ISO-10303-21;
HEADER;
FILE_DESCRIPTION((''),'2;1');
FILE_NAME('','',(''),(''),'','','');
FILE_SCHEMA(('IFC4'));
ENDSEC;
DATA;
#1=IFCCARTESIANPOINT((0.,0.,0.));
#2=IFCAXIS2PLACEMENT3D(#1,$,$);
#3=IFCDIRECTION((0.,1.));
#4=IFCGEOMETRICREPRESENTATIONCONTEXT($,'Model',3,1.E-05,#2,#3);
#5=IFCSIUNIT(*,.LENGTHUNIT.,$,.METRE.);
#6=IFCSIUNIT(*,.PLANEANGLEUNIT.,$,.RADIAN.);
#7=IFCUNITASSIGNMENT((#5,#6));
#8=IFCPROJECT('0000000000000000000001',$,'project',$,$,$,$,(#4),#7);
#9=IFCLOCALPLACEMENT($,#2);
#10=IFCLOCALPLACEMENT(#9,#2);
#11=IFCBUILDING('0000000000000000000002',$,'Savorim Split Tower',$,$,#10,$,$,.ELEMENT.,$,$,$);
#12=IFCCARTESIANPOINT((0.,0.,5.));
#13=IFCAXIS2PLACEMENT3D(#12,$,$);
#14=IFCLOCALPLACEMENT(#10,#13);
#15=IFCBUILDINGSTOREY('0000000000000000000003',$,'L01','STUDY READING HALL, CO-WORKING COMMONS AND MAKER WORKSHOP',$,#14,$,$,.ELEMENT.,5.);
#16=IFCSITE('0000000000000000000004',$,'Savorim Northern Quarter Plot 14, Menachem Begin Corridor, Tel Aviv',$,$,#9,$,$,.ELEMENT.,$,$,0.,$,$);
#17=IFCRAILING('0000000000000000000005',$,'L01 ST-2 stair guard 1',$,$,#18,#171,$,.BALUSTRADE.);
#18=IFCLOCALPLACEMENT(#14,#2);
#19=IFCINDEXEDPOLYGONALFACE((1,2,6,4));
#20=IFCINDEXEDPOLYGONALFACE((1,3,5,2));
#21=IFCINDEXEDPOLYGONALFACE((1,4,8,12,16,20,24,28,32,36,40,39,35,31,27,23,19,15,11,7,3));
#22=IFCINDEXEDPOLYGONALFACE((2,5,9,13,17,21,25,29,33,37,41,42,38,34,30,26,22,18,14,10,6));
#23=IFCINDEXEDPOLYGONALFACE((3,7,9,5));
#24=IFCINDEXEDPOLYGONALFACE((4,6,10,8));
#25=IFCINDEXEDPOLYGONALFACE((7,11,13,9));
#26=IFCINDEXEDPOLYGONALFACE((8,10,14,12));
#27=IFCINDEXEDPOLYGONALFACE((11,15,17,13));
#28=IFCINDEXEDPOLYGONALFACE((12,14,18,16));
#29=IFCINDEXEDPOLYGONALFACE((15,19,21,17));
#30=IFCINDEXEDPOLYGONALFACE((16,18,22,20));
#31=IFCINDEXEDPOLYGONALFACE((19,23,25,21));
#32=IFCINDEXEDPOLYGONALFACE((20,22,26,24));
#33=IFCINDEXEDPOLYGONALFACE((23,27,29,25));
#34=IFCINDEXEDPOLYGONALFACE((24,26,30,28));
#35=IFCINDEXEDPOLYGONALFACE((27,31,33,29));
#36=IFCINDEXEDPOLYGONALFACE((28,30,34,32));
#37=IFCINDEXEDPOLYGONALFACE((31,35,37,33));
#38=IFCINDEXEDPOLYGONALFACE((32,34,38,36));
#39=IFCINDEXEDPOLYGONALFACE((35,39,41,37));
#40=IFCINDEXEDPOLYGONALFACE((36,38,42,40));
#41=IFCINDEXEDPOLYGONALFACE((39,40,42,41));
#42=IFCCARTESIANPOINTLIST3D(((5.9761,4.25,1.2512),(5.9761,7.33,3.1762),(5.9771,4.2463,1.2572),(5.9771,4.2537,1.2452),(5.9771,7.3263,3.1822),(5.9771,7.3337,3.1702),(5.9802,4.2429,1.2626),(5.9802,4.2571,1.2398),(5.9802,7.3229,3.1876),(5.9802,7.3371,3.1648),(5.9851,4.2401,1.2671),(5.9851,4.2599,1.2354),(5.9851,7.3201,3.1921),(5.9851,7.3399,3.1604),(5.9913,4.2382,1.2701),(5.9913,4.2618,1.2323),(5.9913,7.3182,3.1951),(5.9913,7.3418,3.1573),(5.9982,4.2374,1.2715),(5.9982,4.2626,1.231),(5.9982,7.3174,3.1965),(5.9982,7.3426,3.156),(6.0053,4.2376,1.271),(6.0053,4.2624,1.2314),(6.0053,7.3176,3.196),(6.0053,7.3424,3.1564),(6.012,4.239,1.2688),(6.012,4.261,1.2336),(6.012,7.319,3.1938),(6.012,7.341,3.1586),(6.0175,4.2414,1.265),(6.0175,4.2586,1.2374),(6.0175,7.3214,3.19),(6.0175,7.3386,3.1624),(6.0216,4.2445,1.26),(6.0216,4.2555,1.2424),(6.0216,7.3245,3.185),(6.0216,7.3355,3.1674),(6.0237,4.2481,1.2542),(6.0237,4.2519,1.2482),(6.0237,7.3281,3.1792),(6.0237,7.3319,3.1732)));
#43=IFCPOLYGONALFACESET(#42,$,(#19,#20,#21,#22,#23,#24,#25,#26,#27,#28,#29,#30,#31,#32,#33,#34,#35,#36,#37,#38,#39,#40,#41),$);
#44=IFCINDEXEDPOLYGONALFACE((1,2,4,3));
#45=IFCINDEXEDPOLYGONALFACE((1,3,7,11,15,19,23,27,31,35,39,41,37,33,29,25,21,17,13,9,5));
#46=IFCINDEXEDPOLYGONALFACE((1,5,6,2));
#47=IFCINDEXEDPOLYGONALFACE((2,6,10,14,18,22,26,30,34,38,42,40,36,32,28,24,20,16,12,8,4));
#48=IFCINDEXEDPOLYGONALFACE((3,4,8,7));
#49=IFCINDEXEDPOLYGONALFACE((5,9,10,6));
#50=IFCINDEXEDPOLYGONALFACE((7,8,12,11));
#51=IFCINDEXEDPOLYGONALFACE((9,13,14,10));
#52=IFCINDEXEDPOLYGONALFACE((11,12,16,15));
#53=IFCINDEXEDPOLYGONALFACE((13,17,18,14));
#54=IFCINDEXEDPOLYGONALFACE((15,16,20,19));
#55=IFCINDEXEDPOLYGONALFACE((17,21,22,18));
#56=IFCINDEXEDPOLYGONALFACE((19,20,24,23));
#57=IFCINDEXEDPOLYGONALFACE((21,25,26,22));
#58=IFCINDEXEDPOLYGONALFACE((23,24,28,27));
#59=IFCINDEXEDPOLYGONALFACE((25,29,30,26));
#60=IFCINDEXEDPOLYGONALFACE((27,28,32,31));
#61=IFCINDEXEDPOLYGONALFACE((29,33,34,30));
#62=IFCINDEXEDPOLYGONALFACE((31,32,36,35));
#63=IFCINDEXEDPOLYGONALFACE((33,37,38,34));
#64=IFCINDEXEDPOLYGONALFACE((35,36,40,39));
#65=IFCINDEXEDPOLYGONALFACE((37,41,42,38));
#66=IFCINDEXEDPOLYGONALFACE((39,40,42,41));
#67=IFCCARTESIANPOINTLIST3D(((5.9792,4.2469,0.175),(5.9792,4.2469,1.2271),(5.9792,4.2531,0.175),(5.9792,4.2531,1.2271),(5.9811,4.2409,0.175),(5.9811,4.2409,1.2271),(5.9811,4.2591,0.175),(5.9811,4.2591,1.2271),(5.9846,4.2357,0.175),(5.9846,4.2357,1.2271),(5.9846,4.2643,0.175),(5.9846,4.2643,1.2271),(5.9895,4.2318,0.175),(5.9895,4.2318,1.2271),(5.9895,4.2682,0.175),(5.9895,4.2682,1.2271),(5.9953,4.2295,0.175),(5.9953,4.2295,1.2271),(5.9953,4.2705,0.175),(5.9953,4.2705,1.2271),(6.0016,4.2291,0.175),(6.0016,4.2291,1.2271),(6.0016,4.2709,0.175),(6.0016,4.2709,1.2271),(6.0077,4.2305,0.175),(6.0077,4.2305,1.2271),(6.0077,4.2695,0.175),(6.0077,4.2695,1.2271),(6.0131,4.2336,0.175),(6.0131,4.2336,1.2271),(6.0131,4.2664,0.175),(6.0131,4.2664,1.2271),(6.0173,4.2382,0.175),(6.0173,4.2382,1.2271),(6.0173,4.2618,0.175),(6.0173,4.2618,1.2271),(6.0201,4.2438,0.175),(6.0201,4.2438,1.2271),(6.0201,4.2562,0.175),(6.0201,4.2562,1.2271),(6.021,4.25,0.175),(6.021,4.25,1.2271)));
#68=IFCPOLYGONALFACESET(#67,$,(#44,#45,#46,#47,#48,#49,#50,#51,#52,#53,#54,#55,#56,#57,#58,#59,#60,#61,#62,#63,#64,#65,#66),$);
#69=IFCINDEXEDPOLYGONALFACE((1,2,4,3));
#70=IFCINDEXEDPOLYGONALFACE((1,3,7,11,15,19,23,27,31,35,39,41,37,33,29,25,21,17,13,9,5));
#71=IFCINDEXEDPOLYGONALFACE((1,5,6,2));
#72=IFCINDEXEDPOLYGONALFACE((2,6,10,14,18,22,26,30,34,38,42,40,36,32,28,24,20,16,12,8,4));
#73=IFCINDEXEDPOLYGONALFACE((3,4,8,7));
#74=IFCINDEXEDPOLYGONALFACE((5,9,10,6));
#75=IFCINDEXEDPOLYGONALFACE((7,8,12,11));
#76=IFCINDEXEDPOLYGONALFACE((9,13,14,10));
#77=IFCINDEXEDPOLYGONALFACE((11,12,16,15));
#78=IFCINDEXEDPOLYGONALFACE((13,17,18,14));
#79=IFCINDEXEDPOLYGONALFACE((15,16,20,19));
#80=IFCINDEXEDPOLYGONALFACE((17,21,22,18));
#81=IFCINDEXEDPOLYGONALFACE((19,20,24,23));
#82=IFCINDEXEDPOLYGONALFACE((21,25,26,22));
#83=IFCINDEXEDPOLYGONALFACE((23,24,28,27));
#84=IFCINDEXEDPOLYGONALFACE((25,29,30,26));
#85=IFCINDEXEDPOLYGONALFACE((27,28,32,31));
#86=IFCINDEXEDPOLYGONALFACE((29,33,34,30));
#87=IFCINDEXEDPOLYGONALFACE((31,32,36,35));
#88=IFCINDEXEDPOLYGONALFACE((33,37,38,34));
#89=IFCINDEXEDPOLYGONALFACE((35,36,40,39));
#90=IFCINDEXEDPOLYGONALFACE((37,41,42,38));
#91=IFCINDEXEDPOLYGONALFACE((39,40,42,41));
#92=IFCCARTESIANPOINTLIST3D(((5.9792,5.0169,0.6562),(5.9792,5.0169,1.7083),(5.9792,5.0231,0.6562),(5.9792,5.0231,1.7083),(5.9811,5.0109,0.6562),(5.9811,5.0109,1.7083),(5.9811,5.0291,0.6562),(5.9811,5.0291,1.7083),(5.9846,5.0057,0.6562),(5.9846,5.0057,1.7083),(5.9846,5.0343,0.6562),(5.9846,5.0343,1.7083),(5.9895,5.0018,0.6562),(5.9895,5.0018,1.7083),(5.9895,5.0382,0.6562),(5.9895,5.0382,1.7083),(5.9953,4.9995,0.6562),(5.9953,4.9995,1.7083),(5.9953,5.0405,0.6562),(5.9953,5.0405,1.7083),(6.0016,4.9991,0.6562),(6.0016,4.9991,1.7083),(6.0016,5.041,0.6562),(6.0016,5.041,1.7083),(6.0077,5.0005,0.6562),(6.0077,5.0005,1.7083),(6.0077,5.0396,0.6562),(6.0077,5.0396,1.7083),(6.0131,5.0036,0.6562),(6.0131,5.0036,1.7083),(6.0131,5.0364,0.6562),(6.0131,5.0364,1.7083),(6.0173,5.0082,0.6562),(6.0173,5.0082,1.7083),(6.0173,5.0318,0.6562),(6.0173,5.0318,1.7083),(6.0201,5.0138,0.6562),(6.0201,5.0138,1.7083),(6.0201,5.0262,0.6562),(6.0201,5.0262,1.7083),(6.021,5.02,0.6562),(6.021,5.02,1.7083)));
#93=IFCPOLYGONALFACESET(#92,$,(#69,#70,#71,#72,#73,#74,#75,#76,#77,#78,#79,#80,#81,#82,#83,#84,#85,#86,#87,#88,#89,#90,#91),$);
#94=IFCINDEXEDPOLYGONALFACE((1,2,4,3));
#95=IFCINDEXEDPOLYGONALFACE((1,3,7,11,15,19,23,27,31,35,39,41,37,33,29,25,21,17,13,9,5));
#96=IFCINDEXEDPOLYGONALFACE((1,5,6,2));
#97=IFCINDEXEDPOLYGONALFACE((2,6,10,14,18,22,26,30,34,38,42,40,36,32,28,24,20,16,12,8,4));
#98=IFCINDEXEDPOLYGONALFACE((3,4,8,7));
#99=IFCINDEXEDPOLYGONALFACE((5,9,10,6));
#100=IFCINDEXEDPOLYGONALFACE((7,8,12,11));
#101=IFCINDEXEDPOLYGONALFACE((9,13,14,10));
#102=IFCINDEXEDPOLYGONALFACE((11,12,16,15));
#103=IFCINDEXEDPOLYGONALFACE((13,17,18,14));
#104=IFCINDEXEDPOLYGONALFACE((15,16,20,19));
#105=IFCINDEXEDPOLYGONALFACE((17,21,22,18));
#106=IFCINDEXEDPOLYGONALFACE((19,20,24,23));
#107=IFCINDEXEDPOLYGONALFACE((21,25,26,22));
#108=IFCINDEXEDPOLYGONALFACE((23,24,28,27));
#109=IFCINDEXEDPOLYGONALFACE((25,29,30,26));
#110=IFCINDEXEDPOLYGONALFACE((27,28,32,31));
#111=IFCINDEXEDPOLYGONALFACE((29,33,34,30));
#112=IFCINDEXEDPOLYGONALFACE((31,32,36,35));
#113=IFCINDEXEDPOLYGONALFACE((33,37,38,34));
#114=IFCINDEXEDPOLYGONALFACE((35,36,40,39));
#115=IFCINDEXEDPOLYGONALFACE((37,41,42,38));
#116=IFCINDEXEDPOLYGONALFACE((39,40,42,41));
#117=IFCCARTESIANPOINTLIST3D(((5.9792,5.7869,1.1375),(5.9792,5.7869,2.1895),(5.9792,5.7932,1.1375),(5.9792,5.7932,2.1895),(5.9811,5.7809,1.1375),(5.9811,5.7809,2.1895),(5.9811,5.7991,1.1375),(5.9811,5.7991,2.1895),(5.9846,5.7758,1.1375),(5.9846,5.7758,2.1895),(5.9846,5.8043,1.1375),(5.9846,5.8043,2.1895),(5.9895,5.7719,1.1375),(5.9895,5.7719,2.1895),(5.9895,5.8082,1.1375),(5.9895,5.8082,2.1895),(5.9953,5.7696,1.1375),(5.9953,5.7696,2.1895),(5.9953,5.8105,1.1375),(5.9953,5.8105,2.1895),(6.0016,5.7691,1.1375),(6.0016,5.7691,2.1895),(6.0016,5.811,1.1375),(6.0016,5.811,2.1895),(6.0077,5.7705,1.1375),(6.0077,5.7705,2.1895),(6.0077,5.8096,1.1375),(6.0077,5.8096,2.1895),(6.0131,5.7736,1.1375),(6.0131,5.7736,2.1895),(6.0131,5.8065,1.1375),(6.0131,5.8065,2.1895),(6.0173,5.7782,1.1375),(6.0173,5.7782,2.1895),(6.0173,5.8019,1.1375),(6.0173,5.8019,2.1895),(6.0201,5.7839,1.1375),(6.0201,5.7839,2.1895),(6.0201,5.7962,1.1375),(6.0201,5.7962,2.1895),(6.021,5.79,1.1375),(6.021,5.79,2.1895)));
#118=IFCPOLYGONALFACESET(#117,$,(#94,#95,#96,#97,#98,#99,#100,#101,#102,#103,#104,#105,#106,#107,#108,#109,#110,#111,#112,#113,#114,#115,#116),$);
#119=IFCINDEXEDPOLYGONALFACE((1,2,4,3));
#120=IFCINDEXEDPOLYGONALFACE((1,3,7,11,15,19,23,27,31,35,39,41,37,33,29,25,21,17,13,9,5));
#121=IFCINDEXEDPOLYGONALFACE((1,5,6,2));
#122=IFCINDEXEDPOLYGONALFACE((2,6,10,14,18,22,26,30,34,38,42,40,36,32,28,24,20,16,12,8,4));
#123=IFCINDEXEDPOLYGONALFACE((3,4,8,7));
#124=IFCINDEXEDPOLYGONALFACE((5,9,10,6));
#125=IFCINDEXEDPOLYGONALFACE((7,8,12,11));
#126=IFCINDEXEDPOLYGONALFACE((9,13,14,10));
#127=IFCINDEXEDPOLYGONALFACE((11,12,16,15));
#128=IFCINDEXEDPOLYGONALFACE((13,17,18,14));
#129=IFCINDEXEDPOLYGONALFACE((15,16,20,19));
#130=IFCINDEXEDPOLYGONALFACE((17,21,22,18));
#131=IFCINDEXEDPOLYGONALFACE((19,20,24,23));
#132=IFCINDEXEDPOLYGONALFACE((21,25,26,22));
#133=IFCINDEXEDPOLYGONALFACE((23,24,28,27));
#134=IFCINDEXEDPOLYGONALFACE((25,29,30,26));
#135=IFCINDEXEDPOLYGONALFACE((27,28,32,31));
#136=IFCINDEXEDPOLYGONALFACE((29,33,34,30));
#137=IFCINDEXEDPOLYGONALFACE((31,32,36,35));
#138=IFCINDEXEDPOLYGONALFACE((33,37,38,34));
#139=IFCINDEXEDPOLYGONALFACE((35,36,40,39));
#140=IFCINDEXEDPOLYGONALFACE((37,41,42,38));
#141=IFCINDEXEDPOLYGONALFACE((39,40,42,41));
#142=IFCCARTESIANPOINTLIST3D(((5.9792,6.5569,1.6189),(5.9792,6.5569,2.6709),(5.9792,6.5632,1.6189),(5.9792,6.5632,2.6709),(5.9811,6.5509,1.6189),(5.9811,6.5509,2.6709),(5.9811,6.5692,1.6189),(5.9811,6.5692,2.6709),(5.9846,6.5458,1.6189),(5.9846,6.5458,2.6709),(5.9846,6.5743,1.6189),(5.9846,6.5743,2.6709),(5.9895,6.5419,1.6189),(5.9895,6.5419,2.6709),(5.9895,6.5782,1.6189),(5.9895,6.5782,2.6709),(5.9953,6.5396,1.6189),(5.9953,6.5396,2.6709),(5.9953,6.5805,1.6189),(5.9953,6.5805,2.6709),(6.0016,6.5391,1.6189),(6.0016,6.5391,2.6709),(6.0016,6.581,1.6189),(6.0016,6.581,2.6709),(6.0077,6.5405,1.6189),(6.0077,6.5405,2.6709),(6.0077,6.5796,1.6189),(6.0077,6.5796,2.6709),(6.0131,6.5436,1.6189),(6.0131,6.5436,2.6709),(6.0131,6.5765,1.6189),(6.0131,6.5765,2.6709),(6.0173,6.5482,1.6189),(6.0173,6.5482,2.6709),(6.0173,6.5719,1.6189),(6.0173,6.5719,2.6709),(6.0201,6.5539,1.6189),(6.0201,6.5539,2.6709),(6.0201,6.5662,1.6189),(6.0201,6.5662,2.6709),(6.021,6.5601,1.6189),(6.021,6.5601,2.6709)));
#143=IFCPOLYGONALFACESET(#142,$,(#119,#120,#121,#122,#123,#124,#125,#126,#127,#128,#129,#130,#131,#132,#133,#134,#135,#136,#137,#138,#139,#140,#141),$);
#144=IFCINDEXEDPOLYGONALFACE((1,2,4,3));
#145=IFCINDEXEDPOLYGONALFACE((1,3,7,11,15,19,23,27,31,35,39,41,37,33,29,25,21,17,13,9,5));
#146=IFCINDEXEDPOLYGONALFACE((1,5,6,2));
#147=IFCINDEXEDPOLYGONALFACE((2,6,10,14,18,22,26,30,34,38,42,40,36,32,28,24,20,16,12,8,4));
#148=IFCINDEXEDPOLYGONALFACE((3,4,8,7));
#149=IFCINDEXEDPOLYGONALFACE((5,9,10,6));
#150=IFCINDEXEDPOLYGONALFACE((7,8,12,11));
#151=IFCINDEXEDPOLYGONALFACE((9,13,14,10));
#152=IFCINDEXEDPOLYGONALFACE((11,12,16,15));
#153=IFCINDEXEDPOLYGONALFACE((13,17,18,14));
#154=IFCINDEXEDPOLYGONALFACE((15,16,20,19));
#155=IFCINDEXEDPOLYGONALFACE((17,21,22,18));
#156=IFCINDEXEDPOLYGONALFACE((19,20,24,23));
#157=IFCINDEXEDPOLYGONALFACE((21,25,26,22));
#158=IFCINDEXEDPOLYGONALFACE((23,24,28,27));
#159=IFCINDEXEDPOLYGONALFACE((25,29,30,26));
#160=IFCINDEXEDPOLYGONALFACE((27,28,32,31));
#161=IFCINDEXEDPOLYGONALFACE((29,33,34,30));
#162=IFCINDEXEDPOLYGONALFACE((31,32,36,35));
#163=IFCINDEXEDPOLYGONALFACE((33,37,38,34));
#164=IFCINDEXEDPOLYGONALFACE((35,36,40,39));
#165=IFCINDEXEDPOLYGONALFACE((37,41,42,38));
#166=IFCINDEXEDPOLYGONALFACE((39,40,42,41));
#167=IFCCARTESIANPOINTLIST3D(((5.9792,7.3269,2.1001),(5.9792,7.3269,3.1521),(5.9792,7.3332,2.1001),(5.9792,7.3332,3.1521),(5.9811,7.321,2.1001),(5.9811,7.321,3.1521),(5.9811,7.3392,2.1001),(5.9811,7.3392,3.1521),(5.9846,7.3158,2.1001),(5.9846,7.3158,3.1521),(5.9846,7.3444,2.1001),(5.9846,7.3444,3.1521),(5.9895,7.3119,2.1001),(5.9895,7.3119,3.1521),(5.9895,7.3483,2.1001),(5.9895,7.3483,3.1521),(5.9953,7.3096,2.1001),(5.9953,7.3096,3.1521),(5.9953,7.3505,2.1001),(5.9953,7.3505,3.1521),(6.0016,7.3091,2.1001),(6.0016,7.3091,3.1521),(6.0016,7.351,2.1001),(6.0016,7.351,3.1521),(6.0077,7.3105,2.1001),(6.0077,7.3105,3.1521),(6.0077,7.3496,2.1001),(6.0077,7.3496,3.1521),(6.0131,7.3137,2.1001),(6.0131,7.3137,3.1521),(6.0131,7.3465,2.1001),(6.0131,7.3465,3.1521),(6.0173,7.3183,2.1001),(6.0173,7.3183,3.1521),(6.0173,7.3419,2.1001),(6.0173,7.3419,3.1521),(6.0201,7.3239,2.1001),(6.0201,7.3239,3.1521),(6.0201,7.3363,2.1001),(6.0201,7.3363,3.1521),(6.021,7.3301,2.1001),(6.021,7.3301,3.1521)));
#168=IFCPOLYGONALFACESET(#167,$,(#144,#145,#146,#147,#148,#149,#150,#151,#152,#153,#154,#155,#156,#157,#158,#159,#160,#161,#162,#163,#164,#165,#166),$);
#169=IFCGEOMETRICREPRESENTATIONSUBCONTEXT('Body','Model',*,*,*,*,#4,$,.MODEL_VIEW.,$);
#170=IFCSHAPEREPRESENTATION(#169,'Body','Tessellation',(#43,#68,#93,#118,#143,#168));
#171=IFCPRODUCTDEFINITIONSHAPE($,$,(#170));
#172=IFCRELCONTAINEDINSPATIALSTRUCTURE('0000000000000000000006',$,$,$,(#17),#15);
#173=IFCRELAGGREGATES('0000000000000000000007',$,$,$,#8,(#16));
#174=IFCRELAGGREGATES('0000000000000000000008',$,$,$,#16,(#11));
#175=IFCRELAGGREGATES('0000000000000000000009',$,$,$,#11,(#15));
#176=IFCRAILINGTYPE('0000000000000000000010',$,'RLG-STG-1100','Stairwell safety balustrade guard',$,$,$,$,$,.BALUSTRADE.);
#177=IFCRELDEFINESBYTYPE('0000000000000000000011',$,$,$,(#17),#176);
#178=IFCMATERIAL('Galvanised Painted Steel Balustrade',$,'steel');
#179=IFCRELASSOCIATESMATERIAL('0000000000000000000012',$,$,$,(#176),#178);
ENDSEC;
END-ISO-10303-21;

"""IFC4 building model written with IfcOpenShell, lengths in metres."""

from ifc_helpers import new_model, si_unit, direction, frame, origin, origin_2d, place, context, subcontext, project, spatial, circle, extrude, material, type_object, element, save


model = new_model("IFC4")

# Units and contexts
model_context = context("Model", 3, precision=1e-05, world=origin(), true_north=direction((0.0, 1.0)))
body_context = subcontext(model_context, "Body", "Model", "MODEL_VIEW")
ifc_project = project(units=[si_unit("LENGTHUNIT", "METRE"), si_unit("PLANEANGLEUNIT", "RADIAN")], contexts=[model_context])

# Site, building, storey
site_placement = place(None, origin())
site = spatial("IfcSite", under=ifc_project, at=site_placement, Name="Savorim Northern Quarter Plot 14, Menachem Begin Corridor, Tel Aviv", CompositionType="ELEMENT", RefElevation=0.0)
building_placement = place(site_placement, origin())
building = spatial("IfcBuilding", under=site, at=building_placement, Name="Savorim Split Tower", CompositionType="ELEMENT")
storey_placement = place(building_placement, frame((0.0, 0.0, 5.0)))
storey = spatial("IfcBuildingStorey", under=building, at=storey_placement, Name="L01", Description="STUDY READING HALL, CO-WORKING COMMONS AND MAKER WORKSHOP", CompositionType="ELEMENT", Elevation=5.0)

# Railing
ifc_material_1 = material(Name="Galvanised Painted Steel Balustrade", Category="steel")
railing_type = type_object("IfcRailingType", Name="RLG-STG-1100", Description="Stairwell safety balustrade guard", PredefinedType="BALUSTRADE", material=ifc_material_1)
railing_1_placement = place(storey_placement, frame((6.0, 4.25, 0.175)))
element("IfcRailing", 1, at=railing_1_placement, inside=storey, type_object=railing_type, Name="L01 ST-2 stair guard 1", PredefinedType="BALUSTRADE", context=body_context, shape_type="SweptSolid", body=[
    extrude(circle(Radius=0.0239, at=origin_2d()), frame((0.0, 0.0, 1.0762), z_axis=(0.0, 0.847998, 0.529999), x_axis=(-1.0, 0.0, 0.0)), (0.0, 0.0, 1.0), 3.6321),
    extrude(circle(Radius=0.021, at=origin_2d()), origin(), (0.0, 0.0, 1.0), 1.052),
    extrude(circle(Radius=0.021, at=origin_2d()), frame((0.0, 0.77, 0.4812)), (0.0, 0.0, 1.0), 1.052),
    extrude(circle(Radius=0.021, at=origin_2d()), frame((0.0, 1.54, 0.9624)), (0.0, 0.0, 1.0), 1.052),
    extrude(circle(Radius=0.021, at=origin_2d()), frame((0.0, 2.3101, 1.4438)), (0.0, 0.0, 1.0), 1.052),
    extrude(circle(Radius=0.021, at=origin_2d()), frame((0.0, 3.0801, 1.925)), (0.0, 0.0, 1.0), 1.052),
])

save(model, "model.ifc")
